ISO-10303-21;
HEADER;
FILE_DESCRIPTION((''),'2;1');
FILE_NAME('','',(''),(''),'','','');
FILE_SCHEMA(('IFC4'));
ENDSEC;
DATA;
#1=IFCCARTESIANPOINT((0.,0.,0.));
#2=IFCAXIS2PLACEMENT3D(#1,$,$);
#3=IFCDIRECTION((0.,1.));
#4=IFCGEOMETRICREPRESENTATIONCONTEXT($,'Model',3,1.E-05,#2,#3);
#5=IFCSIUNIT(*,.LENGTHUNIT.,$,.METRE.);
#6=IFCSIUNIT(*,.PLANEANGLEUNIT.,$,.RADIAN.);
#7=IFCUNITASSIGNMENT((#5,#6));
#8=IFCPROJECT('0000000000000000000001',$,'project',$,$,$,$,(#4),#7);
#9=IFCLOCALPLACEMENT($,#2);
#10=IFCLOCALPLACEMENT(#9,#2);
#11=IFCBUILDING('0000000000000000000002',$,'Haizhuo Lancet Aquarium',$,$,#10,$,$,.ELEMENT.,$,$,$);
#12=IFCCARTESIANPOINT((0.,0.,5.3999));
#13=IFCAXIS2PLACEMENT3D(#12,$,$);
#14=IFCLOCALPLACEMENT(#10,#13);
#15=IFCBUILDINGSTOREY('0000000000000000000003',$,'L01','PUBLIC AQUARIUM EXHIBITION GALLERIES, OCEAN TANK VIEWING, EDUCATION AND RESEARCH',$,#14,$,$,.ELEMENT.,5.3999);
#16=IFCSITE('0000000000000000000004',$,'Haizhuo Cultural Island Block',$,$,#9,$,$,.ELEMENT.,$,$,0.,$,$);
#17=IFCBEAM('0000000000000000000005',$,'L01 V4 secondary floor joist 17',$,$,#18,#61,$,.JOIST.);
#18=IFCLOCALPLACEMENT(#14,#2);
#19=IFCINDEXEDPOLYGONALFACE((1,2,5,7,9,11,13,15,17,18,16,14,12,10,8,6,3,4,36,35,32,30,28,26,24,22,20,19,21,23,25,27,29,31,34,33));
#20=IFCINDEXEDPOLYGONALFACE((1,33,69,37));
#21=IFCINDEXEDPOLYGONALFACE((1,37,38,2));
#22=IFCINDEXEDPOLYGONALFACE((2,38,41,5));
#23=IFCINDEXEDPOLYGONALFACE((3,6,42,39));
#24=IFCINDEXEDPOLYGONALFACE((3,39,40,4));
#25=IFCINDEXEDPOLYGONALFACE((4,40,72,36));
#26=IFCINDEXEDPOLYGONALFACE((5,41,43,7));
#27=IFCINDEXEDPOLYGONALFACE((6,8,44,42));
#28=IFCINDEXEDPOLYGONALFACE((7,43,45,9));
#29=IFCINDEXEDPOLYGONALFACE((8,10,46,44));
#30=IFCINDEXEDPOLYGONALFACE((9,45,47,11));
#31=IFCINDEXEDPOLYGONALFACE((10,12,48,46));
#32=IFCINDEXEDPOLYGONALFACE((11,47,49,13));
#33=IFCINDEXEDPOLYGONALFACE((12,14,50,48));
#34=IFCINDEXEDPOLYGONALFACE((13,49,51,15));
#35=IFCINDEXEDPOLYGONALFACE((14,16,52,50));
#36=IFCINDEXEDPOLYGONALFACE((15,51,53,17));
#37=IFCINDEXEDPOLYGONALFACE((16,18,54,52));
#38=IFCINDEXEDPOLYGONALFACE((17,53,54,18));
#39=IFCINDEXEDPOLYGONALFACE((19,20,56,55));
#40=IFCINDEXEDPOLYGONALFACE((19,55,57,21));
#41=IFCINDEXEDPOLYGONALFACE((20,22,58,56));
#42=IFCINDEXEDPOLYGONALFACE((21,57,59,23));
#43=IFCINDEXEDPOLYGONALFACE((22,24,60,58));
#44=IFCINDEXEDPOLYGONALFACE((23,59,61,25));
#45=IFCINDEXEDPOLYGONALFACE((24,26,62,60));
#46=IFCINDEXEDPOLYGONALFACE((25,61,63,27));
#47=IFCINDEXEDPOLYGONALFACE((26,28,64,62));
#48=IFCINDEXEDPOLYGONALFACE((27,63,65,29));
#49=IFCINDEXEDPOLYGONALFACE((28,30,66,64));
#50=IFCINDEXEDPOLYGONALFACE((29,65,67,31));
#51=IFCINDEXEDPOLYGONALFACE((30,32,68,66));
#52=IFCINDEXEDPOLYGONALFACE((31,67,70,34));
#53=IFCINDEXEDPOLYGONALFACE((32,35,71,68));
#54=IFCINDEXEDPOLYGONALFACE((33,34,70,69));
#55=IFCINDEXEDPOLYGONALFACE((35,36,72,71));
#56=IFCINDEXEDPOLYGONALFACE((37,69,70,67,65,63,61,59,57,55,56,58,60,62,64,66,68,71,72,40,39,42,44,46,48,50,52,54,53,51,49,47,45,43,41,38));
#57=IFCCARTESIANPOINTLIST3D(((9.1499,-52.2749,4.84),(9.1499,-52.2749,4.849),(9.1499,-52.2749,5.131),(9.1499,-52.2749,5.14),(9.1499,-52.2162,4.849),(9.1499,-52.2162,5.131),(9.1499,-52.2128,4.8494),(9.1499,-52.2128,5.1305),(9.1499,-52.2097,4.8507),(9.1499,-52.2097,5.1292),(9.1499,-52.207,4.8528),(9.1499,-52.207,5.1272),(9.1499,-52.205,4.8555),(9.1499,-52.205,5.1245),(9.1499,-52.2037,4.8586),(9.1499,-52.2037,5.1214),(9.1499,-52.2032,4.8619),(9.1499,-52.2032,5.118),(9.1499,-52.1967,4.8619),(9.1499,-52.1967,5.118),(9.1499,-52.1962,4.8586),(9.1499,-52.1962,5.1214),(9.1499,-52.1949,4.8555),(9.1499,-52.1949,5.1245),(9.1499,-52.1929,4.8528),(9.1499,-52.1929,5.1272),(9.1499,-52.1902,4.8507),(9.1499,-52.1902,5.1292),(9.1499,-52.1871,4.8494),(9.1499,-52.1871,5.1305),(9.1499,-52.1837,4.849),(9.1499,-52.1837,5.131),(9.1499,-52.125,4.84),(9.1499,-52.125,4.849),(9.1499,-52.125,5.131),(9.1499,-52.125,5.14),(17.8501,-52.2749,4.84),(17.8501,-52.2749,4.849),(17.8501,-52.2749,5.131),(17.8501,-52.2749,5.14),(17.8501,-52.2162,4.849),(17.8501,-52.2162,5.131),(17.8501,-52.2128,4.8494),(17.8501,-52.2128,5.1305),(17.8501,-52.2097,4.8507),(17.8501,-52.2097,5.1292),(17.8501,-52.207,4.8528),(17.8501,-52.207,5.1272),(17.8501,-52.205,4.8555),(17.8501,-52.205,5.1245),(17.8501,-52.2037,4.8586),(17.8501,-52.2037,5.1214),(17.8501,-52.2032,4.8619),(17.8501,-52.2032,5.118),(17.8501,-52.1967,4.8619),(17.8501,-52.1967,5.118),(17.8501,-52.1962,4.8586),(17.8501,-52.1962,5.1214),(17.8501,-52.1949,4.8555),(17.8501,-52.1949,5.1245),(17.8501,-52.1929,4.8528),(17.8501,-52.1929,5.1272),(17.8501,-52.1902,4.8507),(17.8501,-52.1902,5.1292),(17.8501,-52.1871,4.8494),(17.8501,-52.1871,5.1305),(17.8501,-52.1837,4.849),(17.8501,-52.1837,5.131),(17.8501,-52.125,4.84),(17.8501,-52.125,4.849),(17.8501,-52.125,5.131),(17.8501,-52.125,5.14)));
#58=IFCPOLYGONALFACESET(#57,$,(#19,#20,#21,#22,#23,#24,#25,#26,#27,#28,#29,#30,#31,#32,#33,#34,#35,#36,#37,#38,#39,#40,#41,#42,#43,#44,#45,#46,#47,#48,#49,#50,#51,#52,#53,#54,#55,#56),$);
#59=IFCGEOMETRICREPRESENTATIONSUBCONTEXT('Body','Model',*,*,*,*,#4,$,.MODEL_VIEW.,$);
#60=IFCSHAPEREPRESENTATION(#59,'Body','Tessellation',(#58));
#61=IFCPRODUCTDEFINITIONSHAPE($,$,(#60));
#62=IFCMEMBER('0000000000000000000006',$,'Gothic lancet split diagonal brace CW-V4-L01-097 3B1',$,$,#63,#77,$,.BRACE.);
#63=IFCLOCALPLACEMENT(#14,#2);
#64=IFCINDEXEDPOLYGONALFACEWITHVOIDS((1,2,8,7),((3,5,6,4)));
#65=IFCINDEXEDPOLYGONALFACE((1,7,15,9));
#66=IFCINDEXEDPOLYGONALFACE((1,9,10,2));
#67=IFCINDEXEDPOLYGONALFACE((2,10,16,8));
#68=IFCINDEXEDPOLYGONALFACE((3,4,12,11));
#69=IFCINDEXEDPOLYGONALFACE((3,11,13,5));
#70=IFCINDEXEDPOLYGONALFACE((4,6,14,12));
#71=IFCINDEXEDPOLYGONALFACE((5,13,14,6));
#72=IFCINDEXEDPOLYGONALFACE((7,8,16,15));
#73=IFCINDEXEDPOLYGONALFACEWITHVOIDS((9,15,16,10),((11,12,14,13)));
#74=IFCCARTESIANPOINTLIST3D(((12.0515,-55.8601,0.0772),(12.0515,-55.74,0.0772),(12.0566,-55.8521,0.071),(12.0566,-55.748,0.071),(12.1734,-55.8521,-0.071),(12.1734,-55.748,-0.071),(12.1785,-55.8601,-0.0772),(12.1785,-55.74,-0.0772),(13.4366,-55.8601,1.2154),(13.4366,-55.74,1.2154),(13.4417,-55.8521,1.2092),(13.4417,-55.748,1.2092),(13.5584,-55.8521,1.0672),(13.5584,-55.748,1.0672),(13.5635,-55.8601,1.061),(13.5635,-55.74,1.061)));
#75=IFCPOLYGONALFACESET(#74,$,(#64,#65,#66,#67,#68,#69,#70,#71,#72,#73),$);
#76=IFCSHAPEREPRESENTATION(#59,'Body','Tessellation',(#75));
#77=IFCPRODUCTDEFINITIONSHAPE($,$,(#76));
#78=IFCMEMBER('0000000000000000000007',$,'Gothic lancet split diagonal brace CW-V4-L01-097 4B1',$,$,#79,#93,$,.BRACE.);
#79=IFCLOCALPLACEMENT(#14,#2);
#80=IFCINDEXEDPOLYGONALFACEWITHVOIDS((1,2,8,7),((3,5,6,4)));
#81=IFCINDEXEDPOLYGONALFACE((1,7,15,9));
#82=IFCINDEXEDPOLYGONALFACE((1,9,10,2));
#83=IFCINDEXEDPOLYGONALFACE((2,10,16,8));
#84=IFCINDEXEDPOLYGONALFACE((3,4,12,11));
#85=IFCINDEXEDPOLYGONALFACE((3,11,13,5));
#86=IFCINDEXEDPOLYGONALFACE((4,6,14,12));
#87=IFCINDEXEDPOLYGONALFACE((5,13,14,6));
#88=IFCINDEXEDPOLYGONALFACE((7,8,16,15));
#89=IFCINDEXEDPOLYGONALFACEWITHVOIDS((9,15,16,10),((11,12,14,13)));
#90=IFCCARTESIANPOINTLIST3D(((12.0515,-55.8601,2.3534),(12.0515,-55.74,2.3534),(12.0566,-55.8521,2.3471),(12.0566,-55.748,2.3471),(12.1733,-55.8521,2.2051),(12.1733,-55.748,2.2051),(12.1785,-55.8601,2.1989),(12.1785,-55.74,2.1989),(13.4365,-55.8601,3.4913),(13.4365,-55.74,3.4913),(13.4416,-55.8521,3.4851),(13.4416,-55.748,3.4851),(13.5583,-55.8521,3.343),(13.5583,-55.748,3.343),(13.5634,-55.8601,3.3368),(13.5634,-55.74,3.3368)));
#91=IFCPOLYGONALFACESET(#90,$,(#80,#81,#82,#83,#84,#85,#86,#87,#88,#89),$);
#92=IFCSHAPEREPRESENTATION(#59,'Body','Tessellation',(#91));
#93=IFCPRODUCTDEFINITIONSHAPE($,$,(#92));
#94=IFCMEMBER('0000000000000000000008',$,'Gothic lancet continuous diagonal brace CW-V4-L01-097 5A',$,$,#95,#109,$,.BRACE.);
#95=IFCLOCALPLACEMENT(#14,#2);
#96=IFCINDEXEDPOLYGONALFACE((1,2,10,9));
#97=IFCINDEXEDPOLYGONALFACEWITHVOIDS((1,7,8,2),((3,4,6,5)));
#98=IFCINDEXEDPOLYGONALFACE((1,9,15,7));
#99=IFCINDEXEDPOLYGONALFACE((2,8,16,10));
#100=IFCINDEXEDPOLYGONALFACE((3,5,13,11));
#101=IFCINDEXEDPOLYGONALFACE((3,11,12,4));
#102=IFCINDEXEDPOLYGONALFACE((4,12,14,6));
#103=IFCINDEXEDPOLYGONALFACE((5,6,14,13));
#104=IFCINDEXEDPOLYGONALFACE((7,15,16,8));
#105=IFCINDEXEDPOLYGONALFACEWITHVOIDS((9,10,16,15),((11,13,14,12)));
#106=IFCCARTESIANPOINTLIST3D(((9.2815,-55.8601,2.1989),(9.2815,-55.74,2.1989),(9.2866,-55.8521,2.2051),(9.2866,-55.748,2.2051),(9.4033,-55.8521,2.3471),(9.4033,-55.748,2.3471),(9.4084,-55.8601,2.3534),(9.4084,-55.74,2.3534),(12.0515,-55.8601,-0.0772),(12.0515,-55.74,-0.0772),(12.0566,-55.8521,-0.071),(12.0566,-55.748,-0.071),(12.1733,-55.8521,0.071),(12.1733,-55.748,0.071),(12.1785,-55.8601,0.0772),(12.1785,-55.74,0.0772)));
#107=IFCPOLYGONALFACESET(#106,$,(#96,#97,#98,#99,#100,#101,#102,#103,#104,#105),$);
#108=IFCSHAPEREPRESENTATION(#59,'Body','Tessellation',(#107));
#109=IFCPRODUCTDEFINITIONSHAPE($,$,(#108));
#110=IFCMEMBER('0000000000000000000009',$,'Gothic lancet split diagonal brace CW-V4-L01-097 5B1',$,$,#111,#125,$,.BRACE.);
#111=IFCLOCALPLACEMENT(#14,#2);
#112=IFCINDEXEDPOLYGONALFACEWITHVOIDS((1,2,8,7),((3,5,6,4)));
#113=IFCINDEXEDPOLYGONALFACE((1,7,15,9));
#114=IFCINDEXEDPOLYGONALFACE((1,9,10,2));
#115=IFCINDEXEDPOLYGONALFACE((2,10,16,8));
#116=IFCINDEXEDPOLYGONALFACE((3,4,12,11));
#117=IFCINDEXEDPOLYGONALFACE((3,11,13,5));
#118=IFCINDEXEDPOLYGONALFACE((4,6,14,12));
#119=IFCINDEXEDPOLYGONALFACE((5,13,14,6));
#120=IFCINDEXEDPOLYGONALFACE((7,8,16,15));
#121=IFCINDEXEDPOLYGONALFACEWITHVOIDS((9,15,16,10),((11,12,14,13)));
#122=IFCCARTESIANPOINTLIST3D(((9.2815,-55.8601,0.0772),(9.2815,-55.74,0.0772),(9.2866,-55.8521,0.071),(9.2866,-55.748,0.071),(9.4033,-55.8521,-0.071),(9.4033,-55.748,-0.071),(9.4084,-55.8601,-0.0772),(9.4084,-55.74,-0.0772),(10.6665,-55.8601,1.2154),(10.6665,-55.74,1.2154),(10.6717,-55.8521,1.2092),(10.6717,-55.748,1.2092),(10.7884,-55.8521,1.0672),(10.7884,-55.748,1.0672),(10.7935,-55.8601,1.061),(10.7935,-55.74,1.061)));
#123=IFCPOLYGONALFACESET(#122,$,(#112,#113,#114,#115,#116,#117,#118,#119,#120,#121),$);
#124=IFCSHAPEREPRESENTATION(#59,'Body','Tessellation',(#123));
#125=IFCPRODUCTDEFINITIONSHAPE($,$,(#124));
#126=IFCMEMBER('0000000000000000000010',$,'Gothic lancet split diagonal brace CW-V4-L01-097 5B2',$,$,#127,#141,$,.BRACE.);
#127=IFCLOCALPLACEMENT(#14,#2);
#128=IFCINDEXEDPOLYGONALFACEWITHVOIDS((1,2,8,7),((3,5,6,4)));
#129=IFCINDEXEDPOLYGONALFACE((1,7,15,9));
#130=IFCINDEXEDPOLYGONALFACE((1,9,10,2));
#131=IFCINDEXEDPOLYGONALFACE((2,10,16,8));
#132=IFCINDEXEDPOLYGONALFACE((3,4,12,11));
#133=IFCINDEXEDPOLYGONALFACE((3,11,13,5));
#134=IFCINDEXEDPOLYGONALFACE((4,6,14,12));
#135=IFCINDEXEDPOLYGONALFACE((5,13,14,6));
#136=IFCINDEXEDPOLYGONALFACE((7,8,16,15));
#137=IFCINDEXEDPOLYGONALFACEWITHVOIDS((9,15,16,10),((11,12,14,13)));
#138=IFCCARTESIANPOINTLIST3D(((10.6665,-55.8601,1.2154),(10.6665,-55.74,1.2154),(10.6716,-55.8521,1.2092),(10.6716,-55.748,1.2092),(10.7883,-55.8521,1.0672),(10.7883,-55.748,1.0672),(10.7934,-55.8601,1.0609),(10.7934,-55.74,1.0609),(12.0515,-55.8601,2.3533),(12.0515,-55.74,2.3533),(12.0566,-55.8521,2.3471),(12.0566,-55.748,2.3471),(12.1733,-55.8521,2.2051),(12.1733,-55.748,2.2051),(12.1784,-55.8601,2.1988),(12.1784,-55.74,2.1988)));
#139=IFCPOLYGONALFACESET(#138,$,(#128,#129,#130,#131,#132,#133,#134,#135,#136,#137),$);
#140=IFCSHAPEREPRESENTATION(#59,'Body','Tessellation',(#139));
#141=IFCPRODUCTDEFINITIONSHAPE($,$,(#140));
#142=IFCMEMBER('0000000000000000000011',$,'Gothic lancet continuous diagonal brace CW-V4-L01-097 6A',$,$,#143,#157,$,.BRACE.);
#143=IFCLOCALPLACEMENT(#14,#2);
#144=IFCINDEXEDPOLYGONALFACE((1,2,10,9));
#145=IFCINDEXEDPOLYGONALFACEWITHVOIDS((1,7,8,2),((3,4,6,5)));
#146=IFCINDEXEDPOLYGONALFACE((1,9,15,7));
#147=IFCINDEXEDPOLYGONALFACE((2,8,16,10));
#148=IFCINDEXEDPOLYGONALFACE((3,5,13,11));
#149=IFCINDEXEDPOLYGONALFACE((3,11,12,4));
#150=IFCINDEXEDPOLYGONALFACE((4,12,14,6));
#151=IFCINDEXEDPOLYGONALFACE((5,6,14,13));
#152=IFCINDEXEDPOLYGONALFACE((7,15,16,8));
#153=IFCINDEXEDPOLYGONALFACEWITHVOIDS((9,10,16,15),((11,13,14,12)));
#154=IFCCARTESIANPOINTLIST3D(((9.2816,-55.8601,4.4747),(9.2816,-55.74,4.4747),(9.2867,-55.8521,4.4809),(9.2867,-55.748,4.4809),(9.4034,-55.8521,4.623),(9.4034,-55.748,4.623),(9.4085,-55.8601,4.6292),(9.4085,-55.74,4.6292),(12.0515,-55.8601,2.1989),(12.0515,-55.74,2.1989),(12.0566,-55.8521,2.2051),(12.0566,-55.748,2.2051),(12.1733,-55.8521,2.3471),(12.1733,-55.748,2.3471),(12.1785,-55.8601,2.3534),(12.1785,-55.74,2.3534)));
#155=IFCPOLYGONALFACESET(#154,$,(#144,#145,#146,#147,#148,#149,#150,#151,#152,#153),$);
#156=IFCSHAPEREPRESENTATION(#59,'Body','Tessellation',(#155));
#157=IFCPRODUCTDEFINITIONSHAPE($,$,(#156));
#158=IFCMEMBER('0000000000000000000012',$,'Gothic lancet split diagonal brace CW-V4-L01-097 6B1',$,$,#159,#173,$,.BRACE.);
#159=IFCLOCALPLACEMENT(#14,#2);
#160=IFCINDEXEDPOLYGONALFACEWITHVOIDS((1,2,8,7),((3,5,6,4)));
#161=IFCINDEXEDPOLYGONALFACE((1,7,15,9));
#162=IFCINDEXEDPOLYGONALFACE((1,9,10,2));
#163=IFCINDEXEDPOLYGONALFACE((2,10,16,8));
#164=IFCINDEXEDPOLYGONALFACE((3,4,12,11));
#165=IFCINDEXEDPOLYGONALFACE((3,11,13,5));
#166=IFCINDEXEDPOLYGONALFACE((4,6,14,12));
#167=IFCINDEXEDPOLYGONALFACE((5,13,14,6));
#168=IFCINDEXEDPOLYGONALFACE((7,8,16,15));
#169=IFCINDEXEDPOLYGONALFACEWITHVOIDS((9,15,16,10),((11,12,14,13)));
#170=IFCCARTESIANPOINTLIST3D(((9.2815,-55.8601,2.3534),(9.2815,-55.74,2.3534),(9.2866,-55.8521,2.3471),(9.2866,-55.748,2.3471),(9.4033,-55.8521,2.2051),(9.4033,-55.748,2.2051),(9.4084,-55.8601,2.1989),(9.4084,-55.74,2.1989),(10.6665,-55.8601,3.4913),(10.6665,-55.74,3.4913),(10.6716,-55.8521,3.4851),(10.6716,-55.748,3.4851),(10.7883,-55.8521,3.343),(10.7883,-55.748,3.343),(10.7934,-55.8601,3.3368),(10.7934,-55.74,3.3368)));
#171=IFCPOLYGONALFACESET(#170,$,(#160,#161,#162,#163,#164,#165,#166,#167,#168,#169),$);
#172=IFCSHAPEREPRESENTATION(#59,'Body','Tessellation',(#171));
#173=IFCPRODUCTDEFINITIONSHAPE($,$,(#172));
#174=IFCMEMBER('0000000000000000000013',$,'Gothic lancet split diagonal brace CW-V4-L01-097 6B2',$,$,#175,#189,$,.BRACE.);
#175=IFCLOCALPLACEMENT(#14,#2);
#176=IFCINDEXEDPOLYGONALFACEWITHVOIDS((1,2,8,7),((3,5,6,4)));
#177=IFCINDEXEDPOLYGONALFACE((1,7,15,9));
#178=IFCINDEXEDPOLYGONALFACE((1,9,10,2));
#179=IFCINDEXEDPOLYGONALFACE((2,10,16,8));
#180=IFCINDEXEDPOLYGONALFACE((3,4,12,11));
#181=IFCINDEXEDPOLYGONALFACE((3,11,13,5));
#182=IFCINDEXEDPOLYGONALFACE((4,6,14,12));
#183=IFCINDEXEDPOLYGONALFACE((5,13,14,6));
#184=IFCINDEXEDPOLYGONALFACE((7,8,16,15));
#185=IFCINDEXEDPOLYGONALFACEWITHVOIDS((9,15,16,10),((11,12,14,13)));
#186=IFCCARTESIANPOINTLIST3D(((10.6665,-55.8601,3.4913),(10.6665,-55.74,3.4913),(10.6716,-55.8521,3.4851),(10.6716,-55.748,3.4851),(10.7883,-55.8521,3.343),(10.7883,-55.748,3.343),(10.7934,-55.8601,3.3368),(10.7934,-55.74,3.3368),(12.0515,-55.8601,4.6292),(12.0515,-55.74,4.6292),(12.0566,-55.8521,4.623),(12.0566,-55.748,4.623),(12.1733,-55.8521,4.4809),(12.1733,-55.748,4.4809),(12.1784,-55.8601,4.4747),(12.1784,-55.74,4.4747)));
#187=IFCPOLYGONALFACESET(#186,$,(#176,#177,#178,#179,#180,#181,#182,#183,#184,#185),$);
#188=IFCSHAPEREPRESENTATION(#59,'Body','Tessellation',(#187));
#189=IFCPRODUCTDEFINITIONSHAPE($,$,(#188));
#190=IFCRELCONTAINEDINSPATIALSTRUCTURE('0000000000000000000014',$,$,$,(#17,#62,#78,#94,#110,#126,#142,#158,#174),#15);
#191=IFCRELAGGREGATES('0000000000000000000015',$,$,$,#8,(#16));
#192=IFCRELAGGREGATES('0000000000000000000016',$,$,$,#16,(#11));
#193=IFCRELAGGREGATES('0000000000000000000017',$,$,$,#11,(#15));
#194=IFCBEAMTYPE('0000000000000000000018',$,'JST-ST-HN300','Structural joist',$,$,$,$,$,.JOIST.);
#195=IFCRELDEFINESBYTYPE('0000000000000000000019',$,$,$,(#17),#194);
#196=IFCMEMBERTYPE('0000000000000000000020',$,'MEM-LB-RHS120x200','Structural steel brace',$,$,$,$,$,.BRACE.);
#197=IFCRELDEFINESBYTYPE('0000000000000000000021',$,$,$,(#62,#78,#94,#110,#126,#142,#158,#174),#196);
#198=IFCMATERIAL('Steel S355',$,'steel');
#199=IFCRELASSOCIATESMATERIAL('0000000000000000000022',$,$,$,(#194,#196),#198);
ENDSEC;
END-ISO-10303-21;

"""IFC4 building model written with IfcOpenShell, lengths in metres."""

from ifc_helpers import new_model, si_unit, direction, frame, origin, origin_2d, place, context, subcontext, project, spatial, hollow_rectangle, i_section, extrude, material, material_profile, profile_set, type_object, element, save


model = new_model("IFC4")

# Units and contexts
model_context = context("Model", 3, precision=1e-05, world=origin(), true_north=direction((0.0, 1.0)))
body_context = subcontext(model_context, "Body", "Model", "MODEL_VIEW")
ifc_project = project(units=[si_unit("LENGTHUNIT", "METRE"), si_unit("PLANEANGLEUNIT", "RADIAN")], contexts=[model_context])

# Site, building, storey
site_placement = place(None, origin())
site = spatial("IfcSite", under=ifc_project, at=site_placement, Name="Haizhuo Cultural Island Block", CompositionType="ELEMENT", RefElevation=0.0)
building_placement = place(site_placement, origin())
building = spatial("IfcBuilding", under=site, at=building_placement, Name="Haizhuo Lancet Aquarium", CompositionType="ELEMENT")
storey_placement = place(building_placement, frame((0.0, 0.0, 5.3999)))
storey = spatial("IfcBuildingStorey", under=building, at=storey_placement, Name="L01", Description="PUBLIC AQUARIUM EXHIBITION GALLERIES, OCEAN TANK VIEWING, EDUCATION AND RESEARCH", CompositionType="ELEMENT", Elevation=5.3999)

# Beam
ifc_material_1 = material(Name="Steel S355", Category="steel")
ifc_material_profile_1 = material_profile(ifc_material_1, i_section(OverallWidth=0.1499, OverallDepth=0.3, WebThickness=0.0066, FlangeThickness=0.009, FilletRadius=0.0129, at=origin_2d()), Name="HN 300x150x6.5x9")
ifc_profile_set_1 = profile_set([ifc_material_profile_1], Name="Steel S355")
beam_type = type_object("IfcBeamType", Name="JST-ST-HN300", Description="Structural joist", PredefinedType="JOIST", material=ifc_profile_set_1)
beam_placement = place(storey_placement, frame((9.1499, -52.2, 4.99), z_axis=(1.0, 0.0, 0.0), x_axis=(0.0, 1.0, 0.0)))
element("IfcBeam", 1, at=beam_placement, inside=storey, type_object=beam_type, Name="L01 V4 secondary floor joist 17", PredefinedType="JOIST", context=body_context, shape_type="SweptSolid", body=[
    extrude(i_section(OverallWidth=0.1499, OverallDepth=0.3, WebThickness=0.0066, FlangeThickness=0.009, FilletRadius=0.0129, at=origin_2d()), origin(), (0.0, 0.0, 1.0), 8.7002),
])

# Members
ifc_material_profile_2 = material_profile(ifc_material_1, hollow_rectangle(XDim=0.1201, YDim=0.2, WallThickness=0.0081, at=origin_2d()), Name="RHS 120x200x8")
ifc_profile_set_2 = profile_set([ifc_material_profile_2], Name="Steel S355")
member_type_1 = type_object("IfcMemberType", Name="MEM-LB-RHS120x200", Description="Structural steel brace", PredefinedType="BRACE", material=ifc_profile_set_2)
member_1_placement = place(storey_placement, frame((12.115, -55.8, 0.0), z_axis=(0.77259, 0.0, 0.634905), x_axis=(0.0, 1.0, 0.0)))
element("IfcMember", 2, at=member_1_placement, inside=storey, type_object=member_type_1, Name="Gothic lancet split diagonal brace CW-V4-L01-097 3B1", PredefinedType="BRACE", context=body_context, shape_type="SweptSolid", body=[
    extrude(hollow_rectangle(XDim=0.1201, YDim=0.2, WallThickness=0.0081, at=origin_2d()), origin(), (0.0, 0.0, 1.0), 1.7927),
])
member_2_placement = place(storey_placement, frame((12.115, -55.8, 2.2761), z_axis=(0.772657, 0.0, 0.634824), x_axis=(0.0, 1.0, 0.0)))
element("IfcMember", 3, at=member_2_placement, inside=storey, type_object=member_type_1, Name="Gothic lancet split diagonal brace CW-V4-L01-097 4B1", PredefinedType="BRACE", context=body_context, shape_type="SweptSolid", body=[
    extrude(hollow_rectangle(XDim=0.1201, YDim=0.2, WallThickness=0.0081, at=origin_2d()), origin(), (0.0, 0.0, 1.0), 1.7925),
])
member_3_placement = place(storey_placement, frame((12.115, -55.8, 0.0), z_axis=(-0.772624, 0.0, 0.634864), x_axis=(0.0, -1.0, 0.0)))
element("IfcMember", 4, at=member_3_placement, inside=storey, type_object=member_type_1, Name="Gothic lancet continuous diagonal brace CW-V4-L01-097 5A", PredefinedType="BRACE", context=body_context, shape_type="SweptSolid", body=[
    extrude(hollow_rectangle(XDim=0.1201, YDim=0.2, WallThickness=0.0081, at=origin_2d()), origin(), (0.0, 0.0, 1.0), 3.5852),
])
member_4_placement = place(storey_placement, frame((9.345, -55.8, 0.0), z_axis=(0.77259, 0.0, 0.634905), x_axis=(0.0, 1.0, 0.0)))
element("IfcMember", 5, at=member_4_placement, inside=storey, type_object=member_type_1, Name="Gothic lancet split diagonal brace CW-V4-L01-097 5B1", PredefinedType="BRACE", context=body_context, shape_type="SweptSolid", body=[
    extrude(hollow_rectangle(XDim=0.1201, YDim=0.2, WallThickness=0.0081, at=origin_2d()), origin(), (0.0, 0.0, 1.0), 1.7927),
])
member_5_placement = place(storey_placement, frame((10.73, -55.8, 1.1382), z_axis=(0.772657, 0.0, 0.634824), x_axis=(0.0, 1.0, 0.0)))
element("IfcMember", 6, at=member_5_placement, inside=storey, type_object=member_type_1, Name="Gothic lancet split diagonal brace CW-V4-L01-097 5B2", PredefinedType="BRACE", context=body_context, shape_type="SweptSolid", body=[
    extrude(hollow_rectangle(XDim=0.1201, YDim=0.2, WallThickness=0.0081, at=origin_2d()), origin(), (0.0, 0.0, 1.0), 1.7925),
])
member_6_placement = place(storey_placement, frame((12.115, -55.8, 2.2761), z_axis=(-0.772657, 0.0, 0.634824), x_axis=(0.0, -1.0, 0.0)))
element("IfcMember", 7, at=member_6_placement, inside=storey, type_object=member_type_1, Name="Gothic lancet continuous diagonal brace CW-V4-L01-097 6A", PredefinedType="BRACE", context=body_context, shape_type="SweptSolid", body=[
    extrude(hollow_rectangle(XDim=0.1201, YDim=0.2, WallThickness=0.0081, at=origin_2d()), origin(), (0.0, 0.0, 1.0), 3.585),
])
for number, where, z_axis, x_axis, name in (
    (8, (9.345, -55.8, 2.2761), (0.772657, 0.0, 0.634824), (0.0, 1.0, 0.0), "Gothic lancet split diagonal brace CW-V4-L01-097 6B1"),
    (9, (10.73, -55.8, 3.4141), (0.772657, 0.0, 0.634824), (0.0, 1.0, 0.0), "Gothic lancet split diagonal brace CW-V4-L01-097 6B2"),
):
    element("IfcMember", number, at=place(storey_placement, frame(where, z_axis=z_axis, x_axis=x_axis)), inside=storey, type_object=member_type_1, Name=name, PredefinedType="BRACE", context=body_context, shape_type="SweptSolid", body=[
        extrude(hollow_rectangle(XDim=0.1201, YDim=0.2, WallThickness=0.0081, at=origin_2d()), origin(), (0.0, 0.0, 1.0), 1.7925),
    ])

save(model, "model.ifc")
